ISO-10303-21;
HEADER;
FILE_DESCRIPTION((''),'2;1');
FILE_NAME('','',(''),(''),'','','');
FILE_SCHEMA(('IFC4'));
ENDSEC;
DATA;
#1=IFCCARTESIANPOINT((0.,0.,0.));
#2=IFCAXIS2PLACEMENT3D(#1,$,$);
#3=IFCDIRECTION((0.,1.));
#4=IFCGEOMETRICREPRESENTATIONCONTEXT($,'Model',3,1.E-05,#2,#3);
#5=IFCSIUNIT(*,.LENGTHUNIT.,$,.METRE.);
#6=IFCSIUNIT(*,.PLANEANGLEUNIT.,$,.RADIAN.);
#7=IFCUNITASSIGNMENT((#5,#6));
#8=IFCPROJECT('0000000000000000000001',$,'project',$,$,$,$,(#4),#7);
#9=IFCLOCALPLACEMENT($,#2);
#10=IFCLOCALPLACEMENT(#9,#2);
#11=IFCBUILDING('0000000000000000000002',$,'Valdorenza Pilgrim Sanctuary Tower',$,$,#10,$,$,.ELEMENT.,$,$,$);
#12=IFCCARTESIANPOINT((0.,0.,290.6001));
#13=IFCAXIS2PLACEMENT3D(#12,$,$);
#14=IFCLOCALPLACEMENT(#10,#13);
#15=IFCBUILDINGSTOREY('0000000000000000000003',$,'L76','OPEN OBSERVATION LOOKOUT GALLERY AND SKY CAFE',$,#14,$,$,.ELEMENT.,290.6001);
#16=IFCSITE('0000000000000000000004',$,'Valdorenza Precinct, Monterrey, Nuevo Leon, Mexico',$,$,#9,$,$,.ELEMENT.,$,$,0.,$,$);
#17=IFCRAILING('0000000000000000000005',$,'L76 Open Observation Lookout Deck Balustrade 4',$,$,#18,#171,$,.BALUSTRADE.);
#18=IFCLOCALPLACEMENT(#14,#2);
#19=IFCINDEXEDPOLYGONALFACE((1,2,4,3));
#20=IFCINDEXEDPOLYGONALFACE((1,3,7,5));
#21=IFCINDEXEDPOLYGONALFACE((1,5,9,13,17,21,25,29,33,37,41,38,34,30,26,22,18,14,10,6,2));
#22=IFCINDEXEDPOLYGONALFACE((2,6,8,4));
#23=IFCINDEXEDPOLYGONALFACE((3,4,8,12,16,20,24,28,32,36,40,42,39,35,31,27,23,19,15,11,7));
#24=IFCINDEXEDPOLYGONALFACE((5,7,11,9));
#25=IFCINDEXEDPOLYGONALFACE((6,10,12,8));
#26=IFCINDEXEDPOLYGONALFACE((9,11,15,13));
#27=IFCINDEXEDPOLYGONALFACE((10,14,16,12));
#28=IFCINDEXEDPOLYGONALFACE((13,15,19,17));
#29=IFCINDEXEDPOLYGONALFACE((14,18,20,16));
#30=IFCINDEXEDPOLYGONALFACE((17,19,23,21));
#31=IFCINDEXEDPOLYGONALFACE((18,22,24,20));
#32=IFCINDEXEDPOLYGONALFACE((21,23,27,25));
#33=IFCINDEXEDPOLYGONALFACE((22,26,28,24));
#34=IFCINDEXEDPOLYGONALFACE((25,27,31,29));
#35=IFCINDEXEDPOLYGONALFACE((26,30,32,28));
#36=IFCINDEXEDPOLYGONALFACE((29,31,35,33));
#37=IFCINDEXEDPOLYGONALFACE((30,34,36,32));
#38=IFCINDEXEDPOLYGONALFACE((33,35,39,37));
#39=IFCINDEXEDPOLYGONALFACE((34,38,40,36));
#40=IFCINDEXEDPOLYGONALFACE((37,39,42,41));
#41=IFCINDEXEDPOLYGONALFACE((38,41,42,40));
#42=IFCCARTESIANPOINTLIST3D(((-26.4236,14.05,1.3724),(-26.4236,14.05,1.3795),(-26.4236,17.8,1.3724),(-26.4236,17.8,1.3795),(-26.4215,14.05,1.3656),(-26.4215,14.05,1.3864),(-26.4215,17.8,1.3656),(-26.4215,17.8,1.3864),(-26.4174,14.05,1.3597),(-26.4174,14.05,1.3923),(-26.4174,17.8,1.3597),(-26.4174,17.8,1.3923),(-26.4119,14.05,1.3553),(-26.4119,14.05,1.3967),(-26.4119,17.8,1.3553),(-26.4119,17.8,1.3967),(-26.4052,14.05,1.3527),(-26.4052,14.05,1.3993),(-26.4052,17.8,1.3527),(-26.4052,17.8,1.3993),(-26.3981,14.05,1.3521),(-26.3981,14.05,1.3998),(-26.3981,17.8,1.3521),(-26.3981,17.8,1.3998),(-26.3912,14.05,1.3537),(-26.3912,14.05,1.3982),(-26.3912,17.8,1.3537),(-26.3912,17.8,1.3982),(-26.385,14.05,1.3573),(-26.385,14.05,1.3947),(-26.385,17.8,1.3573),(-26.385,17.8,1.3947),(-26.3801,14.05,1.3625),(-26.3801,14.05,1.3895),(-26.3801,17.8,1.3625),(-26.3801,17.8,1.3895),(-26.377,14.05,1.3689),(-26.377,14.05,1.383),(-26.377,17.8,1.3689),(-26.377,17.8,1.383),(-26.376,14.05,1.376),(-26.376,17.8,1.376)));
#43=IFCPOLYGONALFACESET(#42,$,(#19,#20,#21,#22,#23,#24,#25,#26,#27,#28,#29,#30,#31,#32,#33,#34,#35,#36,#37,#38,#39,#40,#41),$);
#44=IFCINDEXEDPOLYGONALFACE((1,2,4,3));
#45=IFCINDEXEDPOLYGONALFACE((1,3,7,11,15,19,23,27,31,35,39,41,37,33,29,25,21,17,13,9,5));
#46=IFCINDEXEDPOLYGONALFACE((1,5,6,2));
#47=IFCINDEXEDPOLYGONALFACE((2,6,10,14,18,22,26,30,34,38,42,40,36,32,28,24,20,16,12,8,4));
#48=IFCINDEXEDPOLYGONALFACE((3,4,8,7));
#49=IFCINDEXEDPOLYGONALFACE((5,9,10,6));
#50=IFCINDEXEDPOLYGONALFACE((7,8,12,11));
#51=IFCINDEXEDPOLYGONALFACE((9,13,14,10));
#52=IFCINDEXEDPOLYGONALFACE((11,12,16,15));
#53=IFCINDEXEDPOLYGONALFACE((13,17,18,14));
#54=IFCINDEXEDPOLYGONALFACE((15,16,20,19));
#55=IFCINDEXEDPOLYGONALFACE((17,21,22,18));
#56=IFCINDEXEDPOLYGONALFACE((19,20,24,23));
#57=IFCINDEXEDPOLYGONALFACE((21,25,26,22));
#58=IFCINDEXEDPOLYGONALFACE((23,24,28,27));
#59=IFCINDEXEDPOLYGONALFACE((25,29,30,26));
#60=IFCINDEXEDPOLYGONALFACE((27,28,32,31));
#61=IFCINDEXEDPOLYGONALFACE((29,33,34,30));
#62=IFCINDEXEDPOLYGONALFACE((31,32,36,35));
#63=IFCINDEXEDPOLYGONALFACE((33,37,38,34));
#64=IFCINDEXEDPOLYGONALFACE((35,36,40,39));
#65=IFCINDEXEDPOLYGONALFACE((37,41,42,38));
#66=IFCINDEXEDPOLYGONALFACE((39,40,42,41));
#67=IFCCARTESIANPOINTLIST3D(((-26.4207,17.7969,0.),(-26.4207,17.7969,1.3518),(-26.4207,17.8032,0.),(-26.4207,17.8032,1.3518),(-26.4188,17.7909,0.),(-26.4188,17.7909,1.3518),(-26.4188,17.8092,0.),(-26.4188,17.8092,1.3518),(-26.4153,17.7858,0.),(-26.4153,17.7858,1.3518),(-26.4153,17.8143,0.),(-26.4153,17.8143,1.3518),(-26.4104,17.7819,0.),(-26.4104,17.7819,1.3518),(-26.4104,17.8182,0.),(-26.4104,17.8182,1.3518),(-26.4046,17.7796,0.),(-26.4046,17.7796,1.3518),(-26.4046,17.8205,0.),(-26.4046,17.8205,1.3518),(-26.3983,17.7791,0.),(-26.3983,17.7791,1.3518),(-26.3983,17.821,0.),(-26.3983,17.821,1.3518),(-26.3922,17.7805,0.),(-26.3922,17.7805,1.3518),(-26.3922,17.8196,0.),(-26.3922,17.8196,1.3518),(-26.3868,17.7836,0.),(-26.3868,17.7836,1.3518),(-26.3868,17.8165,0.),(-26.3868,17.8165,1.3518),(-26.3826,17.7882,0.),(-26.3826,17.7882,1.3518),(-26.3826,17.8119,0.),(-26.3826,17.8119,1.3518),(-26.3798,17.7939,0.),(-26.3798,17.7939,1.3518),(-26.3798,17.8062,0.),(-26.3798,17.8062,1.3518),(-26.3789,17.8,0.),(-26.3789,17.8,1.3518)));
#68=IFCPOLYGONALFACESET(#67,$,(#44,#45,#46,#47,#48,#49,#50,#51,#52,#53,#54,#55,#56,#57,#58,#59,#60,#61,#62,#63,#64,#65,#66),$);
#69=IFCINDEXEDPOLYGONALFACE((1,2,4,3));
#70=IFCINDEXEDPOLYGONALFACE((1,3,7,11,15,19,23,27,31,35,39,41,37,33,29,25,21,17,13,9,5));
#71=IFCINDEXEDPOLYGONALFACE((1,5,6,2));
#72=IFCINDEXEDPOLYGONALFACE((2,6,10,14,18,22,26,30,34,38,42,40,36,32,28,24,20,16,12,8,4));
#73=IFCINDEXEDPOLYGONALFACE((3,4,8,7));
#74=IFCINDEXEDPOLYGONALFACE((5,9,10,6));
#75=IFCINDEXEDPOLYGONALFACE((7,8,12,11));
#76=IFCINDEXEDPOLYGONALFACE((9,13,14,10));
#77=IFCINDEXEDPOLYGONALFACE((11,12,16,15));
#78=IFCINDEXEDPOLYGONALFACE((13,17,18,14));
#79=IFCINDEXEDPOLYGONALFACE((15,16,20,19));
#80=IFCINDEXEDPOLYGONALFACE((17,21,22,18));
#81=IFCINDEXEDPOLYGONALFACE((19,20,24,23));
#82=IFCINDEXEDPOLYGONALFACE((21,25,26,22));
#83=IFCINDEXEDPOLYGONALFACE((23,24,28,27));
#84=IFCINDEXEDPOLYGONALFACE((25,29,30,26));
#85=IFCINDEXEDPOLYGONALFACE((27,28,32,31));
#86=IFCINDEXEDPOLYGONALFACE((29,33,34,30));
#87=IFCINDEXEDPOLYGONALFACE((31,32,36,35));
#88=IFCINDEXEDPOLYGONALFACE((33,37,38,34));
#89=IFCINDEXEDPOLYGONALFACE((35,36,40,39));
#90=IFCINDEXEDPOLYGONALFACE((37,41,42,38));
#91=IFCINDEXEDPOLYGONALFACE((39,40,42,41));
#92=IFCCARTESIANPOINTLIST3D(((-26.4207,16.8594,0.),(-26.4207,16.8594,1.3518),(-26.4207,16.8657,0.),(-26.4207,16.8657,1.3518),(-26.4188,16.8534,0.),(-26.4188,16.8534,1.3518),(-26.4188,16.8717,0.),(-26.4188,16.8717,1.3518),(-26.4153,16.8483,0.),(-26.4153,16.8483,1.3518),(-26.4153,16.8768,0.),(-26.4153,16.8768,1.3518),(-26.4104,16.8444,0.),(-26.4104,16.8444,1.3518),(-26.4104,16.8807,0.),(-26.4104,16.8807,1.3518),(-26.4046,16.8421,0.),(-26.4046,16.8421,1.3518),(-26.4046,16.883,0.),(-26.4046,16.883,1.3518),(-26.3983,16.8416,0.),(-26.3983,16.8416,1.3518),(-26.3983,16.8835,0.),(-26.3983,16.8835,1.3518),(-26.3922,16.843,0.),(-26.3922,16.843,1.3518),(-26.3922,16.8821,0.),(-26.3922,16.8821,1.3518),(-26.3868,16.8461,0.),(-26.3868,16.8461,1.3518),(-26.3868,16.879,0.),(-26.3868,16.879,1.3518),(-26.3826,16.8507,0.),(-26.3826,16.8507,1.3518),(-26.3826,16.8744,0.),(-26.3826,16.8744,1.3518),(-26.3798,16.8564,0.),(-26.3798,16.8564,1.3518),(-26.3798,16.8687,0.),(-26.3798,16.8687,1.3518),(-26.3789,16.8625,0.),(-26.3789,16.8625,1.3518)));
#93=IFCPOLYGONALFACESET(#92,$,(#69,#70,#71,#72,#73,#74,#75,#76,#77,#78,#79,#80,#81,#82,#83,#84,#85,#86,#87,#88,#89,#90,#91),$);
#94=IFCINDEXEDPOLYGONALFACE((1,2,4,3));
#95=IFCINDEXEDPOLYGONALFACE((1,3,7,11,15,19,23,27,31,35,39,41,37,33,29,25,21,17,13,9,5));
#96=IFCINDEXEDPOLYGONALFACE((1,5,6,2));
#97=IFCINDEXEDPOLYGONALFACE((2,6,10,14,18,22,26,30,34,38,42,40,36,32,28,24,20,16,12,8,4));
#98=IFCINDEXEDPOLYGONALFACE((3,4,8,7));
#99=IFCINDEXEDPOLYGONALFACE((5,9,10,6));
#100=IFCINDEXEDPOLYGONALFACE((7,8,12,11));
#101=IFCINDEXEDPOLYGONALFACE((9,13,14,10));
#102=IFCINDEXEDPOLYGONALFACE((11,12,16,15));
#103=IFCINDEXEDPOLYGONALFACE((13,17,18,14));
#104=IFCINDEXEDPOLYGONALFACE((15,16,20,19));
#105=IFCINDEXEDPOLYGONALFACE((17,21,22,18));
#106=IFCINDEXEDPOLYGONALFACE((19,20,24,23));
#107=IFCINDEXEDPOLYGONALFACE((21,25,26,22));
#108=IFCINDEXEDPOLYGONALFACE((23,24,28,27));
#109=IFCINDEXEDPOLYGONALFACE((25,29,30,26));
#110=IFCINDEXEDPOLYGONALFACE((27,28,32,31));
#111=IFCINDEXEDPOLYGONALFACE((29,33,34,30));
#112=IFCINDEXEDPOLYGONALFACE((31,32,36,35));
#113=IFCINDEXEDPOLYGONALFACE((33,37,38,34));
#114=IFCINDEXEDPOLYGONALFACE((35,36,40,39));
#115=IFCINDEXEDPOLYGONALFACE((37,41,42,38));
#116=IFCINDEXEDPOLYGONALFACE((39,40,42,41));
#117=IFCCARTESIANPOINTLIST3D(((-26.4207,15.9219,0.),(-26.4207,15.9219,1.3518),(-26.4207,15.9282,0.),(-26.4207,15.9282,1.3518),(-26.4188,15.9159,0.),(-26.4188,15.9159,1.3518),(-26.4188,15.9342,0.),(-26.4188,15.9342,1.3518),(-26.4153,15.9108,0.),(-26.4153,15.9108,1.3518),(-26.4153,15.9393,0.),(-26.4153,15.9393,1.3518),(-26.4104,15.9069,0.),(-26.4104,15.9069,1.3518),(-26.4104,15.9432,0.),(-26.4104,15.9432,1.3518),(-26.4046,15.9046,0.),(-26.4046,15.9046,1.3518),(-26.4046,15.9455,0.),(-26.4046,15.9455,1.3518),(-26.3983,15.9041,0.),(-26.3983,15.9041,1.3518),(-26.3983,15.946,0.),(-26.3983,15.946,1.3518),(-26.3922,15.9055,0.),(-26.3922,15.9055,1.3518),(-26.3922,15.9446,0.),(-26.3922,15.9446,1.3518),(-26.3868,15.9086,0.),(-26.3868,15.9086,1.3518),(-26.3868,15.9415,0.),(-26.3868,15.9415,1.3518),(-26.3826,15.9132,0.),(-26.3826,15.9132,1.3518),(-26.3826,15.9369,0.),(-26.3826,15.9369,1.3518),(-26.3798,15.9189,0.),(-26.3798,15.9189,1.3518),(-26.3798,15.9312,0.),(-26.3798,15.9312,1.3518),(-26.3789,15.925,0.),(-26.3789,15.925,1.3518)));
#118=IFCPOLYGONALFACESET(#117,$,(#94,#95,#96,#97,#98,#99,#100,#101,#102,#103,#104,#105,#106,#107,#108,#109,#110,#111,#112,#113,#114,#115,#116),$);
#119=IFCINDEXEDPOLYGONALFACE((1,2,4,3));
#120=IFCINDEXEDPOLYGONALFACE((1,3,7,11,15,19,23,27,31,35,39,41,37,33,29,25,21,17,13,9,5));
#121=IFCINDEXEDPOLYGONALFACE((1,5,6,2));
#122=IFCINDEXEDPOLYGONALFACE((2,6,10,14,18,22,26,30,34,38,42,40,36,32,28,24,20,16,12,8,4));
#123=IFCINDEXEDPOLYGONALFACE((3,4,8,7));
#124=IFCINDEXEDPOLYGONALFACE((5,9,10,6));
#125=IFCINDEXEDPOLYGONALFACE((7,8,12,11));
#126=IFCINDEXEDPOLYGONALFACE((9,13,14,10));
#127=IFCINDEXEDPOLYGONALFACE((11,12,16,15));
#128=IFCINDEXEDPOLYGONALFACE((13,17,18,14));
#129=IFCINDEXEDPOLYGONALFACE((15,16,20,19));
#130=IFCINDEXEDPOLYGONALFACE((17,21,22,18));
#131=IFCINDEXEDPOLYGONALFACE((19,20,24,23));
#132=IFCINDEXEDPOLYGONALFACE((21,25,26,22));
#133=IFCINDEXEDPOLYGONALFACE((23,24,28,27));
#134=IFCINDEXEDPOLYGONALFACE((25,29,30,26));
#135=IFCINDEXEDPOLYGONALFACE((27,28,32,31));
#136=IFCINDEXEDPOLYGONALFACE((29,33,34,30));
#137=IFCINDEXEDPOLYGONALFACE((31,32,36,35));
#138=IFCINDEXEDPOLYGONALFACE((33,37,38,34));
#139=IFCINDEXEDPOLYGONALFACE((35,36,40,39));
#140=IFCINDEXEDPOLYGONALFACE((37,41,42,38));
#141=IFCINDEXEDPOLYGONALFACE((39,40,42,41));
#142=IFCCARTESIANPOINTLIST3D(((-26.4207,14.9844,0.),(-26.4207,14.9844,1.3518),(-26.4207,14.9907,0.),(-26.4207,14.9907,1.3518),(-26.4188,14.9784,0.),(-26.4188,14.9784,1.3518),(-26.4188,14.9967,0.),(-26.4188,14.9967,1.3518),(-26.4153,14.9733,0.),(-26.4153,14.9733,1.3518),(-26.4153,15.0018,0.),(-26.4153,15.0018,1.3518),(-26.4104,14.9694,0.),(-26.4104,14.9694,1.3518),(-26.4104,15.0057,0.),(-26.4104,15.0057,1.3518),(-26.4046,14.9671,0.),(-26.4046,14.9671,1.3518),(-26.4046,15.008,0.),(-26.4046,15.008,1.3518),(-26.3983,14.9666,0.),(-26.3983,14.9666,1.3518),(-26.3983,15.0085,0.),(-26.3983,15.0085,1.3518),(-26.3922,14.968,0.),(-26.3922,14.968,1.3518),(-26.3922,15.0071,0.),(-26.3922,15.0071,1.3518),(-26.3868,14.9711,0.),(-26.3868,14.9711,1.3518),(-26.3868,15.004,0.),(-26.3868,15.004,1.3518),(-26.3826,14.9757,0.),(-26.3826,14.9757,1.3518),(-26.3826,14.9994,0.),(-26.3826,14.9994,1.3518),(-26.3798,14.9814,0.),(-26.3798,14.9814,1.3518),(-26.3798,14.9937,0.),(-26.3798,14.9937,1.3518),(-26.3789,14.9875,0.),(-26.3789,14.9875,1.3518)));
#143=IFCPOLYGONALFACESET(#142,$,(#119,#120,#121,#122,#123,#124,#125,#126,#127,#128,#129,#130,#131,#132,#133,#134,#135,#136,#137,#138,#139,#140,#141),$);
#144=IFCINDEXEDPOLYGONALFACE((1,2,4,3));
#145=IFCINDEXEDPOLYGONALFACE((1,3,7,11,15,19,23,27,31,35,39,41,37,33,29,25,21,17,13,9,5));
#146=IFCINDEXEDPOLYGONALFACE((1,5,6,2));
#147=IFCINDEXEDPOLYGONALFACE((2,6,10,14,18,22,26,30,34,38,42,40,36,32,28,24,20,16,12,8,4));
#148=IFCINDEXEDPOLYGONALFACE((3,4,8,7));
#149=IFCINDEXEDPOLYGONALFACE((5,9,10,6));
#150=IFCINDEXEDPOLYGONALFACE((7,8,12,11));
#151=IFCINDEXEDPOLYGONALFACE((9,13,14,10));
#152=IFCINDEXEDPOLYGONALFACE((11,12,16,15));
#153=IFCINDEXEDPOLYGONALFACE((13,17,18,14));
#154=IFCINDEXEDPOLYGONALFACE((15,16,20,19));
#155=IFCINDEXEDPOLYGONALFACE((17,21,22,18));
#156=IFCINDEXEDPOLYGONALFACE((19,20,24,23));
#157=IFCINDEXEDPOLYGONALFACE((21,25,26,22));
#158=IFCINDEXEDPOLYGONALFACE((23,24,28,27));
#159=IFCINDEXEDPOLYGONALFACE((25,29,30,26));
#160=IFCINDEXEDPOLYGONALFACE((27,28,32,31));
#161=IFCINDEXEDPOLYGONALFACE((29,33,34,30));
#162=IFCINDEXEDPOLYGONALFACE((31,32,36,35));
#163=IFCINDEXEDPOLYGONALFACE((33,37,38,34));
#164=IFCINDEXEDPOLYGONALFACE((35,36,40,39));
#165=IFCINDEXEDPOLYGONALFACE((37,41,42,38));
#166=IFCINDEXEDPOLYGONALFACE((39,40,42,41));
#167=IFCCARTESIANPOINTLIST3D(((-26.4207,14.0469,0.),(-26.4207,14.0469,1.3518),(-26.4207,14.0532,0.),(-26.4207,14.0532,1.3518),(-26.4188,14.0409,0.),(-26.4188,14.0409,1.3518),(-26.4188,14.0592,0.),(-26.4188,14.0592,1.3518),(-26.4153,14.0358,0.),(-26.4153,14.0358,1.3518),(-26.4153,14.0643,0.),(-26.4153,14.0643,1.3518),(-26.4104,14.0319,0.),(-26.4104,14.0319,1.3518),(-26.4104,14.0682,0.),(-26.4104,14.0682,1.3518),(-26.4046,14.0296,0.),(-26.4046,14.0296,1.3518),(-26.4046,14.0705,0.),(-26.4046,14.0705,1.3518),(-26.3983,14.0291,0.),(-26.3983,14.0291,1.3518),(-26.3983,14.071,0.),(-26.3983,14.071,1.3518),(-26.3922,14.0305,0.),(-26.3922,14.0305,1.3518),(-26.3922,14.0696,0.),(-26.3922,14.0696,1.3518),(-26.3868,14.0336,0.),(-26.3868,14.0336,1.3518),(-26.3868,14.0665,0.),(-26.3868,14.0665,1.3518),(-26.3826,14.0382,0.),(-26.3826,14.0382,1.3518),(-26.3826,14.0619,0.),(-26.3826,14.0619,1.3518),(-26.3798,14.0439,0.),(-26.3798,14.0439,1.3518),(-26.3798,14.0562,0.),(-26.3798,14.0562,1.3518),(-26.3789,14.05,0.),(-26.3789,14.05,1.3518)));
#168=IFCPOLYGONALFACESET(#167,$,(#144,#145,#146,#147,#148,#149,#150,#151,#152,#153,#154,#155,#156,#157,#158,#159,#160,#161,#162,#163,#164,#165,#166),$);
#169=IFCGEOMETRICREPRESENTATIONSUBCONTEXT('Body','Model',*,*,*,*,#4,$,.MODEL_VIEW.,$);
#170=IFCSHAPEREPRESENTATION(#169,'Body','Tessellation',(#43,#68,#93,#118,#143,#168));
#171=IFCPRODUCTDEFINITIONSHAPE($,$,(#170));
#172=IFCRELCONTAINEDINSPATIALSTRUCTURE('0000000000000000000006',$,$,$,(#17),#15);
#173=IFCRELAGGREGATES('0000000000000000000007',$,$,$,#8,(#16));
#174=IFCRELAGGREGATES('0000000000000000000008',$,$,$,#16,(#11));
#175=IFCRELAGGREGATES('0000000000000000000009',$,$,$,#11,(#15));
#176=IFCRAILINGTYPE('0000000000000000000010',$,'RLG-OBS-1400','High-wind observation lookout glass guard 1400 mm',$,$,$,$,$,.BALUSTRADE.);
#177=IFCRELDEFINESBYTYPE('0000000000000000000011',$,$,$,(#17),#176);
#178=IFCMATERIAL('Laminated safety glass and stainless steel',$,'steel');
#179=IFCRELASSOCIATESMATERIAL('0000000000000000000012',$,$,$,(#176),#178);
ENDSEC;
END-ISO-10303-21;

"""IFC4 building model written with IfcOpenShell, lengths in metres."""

from ifc_helpers import new_model, si_unit, direction, frame, origin, origin_2d, place, context, subcontext, project, spatial, circle, extrude, material, type_object, element, save


model = new_model("IFC4")

# Units and contexts
model_context = context("Model", 3, precision=1e-05, world=origin(), true_north=direction((0.0, 1.0)))
body_context = subcontext(model_context, "Body", "Model", "MODEL_VIEW")
ifc_project = project(units=[si_unit("LENGTHUNIT", "METRE"), si_unit("PLANEANGLEUNIT", "RADIAN")], contexts=[model_context])

# Site, building, storey
site_placement = place(None, origin())
site = spatial("IfcSite", under=ifc_project, at=site_placement, Name="Valdorenza Precinct, Monterrey, Nuevo Leon, Mexico", CompositionType="ELEMENT", RefElevation=0.0)
building_placement = place(site_placement, origin())
building = spatial("IfcBuilding", under=site, at=building_placement, Name="Valdorenza Pilgrim Sanctuary Tower", CompositionType="ELEMENT")
storey_placement = place(building_placement, frame((0.0, 0.0, 290.6001)))
storey = spatial("IfcBuildingStorey", under=building, at=storey_placement, Name="L76", Description="OPEN OBSERVATION LOOKOUT GALLERY AND SKY CAFE", CompositionType="ELEMENT", Elevation=290.6001)

# Railing
ifc_material_1 = material(Name="Laminated safety glass and stainless steel", Category="steel")
railing_type = type_object("IfcRailingType", Name="RLG-OBS-1400", Description="High-wind observation lookout glass guard 1400 mm", PredefinedType="BALUSTRADE", material=ifc_material_1)
railing_placement = place(storey_placement, frame((-26.3999, 17.8, 0.0)))
element("IfcRailing", 1, at=railing_placement, inside=storey, type_object=railing_type, Name="L76 Open Observation Lookout Deck Balustrade 4", PredefinedType="BALUSTRADE", context=body_context, shape_type="SweptSolid", body=[
    extrude(circle(Radius=0.0239, at=origin_2d()), frame((0.0, 0.0, 1.376), z_axis=(0.0, -1.0, 0.0), x_axis=(1.0, 0.0, 0.0)), (0.0, 0.0, 1.0), 3.75),
    extrude(circle(Radius=0.021, at=origin_2d()), origin(), (0.0, 0.0, 1.0), 1.3518),
    extrude(circle(Radius=0.021, at=origin_2d()), frame((0.0, -0.9375, 0.0)), (0.0, 0.0, 1.0), 1.3518),
    extrude(circle(Radius=0.021, at=origin_2d()), frame((0.0, -1.875, 0.0)), (0.0, 0.0, 1.0), 1.3518),
    extrude(circle(Radius=0.021, at=origin_2d()), frame((0.0, -2.8125, 0.0)), (0.0, 0.0, 1.0), 1.3518),
    extrude(circle(Radius=0.021, at=origin_2d()), frame((0.0, -3.75, 0.0)), (0.0, 0.0, 1.0), 1.3518),
])

save(model, "model.ifc")
